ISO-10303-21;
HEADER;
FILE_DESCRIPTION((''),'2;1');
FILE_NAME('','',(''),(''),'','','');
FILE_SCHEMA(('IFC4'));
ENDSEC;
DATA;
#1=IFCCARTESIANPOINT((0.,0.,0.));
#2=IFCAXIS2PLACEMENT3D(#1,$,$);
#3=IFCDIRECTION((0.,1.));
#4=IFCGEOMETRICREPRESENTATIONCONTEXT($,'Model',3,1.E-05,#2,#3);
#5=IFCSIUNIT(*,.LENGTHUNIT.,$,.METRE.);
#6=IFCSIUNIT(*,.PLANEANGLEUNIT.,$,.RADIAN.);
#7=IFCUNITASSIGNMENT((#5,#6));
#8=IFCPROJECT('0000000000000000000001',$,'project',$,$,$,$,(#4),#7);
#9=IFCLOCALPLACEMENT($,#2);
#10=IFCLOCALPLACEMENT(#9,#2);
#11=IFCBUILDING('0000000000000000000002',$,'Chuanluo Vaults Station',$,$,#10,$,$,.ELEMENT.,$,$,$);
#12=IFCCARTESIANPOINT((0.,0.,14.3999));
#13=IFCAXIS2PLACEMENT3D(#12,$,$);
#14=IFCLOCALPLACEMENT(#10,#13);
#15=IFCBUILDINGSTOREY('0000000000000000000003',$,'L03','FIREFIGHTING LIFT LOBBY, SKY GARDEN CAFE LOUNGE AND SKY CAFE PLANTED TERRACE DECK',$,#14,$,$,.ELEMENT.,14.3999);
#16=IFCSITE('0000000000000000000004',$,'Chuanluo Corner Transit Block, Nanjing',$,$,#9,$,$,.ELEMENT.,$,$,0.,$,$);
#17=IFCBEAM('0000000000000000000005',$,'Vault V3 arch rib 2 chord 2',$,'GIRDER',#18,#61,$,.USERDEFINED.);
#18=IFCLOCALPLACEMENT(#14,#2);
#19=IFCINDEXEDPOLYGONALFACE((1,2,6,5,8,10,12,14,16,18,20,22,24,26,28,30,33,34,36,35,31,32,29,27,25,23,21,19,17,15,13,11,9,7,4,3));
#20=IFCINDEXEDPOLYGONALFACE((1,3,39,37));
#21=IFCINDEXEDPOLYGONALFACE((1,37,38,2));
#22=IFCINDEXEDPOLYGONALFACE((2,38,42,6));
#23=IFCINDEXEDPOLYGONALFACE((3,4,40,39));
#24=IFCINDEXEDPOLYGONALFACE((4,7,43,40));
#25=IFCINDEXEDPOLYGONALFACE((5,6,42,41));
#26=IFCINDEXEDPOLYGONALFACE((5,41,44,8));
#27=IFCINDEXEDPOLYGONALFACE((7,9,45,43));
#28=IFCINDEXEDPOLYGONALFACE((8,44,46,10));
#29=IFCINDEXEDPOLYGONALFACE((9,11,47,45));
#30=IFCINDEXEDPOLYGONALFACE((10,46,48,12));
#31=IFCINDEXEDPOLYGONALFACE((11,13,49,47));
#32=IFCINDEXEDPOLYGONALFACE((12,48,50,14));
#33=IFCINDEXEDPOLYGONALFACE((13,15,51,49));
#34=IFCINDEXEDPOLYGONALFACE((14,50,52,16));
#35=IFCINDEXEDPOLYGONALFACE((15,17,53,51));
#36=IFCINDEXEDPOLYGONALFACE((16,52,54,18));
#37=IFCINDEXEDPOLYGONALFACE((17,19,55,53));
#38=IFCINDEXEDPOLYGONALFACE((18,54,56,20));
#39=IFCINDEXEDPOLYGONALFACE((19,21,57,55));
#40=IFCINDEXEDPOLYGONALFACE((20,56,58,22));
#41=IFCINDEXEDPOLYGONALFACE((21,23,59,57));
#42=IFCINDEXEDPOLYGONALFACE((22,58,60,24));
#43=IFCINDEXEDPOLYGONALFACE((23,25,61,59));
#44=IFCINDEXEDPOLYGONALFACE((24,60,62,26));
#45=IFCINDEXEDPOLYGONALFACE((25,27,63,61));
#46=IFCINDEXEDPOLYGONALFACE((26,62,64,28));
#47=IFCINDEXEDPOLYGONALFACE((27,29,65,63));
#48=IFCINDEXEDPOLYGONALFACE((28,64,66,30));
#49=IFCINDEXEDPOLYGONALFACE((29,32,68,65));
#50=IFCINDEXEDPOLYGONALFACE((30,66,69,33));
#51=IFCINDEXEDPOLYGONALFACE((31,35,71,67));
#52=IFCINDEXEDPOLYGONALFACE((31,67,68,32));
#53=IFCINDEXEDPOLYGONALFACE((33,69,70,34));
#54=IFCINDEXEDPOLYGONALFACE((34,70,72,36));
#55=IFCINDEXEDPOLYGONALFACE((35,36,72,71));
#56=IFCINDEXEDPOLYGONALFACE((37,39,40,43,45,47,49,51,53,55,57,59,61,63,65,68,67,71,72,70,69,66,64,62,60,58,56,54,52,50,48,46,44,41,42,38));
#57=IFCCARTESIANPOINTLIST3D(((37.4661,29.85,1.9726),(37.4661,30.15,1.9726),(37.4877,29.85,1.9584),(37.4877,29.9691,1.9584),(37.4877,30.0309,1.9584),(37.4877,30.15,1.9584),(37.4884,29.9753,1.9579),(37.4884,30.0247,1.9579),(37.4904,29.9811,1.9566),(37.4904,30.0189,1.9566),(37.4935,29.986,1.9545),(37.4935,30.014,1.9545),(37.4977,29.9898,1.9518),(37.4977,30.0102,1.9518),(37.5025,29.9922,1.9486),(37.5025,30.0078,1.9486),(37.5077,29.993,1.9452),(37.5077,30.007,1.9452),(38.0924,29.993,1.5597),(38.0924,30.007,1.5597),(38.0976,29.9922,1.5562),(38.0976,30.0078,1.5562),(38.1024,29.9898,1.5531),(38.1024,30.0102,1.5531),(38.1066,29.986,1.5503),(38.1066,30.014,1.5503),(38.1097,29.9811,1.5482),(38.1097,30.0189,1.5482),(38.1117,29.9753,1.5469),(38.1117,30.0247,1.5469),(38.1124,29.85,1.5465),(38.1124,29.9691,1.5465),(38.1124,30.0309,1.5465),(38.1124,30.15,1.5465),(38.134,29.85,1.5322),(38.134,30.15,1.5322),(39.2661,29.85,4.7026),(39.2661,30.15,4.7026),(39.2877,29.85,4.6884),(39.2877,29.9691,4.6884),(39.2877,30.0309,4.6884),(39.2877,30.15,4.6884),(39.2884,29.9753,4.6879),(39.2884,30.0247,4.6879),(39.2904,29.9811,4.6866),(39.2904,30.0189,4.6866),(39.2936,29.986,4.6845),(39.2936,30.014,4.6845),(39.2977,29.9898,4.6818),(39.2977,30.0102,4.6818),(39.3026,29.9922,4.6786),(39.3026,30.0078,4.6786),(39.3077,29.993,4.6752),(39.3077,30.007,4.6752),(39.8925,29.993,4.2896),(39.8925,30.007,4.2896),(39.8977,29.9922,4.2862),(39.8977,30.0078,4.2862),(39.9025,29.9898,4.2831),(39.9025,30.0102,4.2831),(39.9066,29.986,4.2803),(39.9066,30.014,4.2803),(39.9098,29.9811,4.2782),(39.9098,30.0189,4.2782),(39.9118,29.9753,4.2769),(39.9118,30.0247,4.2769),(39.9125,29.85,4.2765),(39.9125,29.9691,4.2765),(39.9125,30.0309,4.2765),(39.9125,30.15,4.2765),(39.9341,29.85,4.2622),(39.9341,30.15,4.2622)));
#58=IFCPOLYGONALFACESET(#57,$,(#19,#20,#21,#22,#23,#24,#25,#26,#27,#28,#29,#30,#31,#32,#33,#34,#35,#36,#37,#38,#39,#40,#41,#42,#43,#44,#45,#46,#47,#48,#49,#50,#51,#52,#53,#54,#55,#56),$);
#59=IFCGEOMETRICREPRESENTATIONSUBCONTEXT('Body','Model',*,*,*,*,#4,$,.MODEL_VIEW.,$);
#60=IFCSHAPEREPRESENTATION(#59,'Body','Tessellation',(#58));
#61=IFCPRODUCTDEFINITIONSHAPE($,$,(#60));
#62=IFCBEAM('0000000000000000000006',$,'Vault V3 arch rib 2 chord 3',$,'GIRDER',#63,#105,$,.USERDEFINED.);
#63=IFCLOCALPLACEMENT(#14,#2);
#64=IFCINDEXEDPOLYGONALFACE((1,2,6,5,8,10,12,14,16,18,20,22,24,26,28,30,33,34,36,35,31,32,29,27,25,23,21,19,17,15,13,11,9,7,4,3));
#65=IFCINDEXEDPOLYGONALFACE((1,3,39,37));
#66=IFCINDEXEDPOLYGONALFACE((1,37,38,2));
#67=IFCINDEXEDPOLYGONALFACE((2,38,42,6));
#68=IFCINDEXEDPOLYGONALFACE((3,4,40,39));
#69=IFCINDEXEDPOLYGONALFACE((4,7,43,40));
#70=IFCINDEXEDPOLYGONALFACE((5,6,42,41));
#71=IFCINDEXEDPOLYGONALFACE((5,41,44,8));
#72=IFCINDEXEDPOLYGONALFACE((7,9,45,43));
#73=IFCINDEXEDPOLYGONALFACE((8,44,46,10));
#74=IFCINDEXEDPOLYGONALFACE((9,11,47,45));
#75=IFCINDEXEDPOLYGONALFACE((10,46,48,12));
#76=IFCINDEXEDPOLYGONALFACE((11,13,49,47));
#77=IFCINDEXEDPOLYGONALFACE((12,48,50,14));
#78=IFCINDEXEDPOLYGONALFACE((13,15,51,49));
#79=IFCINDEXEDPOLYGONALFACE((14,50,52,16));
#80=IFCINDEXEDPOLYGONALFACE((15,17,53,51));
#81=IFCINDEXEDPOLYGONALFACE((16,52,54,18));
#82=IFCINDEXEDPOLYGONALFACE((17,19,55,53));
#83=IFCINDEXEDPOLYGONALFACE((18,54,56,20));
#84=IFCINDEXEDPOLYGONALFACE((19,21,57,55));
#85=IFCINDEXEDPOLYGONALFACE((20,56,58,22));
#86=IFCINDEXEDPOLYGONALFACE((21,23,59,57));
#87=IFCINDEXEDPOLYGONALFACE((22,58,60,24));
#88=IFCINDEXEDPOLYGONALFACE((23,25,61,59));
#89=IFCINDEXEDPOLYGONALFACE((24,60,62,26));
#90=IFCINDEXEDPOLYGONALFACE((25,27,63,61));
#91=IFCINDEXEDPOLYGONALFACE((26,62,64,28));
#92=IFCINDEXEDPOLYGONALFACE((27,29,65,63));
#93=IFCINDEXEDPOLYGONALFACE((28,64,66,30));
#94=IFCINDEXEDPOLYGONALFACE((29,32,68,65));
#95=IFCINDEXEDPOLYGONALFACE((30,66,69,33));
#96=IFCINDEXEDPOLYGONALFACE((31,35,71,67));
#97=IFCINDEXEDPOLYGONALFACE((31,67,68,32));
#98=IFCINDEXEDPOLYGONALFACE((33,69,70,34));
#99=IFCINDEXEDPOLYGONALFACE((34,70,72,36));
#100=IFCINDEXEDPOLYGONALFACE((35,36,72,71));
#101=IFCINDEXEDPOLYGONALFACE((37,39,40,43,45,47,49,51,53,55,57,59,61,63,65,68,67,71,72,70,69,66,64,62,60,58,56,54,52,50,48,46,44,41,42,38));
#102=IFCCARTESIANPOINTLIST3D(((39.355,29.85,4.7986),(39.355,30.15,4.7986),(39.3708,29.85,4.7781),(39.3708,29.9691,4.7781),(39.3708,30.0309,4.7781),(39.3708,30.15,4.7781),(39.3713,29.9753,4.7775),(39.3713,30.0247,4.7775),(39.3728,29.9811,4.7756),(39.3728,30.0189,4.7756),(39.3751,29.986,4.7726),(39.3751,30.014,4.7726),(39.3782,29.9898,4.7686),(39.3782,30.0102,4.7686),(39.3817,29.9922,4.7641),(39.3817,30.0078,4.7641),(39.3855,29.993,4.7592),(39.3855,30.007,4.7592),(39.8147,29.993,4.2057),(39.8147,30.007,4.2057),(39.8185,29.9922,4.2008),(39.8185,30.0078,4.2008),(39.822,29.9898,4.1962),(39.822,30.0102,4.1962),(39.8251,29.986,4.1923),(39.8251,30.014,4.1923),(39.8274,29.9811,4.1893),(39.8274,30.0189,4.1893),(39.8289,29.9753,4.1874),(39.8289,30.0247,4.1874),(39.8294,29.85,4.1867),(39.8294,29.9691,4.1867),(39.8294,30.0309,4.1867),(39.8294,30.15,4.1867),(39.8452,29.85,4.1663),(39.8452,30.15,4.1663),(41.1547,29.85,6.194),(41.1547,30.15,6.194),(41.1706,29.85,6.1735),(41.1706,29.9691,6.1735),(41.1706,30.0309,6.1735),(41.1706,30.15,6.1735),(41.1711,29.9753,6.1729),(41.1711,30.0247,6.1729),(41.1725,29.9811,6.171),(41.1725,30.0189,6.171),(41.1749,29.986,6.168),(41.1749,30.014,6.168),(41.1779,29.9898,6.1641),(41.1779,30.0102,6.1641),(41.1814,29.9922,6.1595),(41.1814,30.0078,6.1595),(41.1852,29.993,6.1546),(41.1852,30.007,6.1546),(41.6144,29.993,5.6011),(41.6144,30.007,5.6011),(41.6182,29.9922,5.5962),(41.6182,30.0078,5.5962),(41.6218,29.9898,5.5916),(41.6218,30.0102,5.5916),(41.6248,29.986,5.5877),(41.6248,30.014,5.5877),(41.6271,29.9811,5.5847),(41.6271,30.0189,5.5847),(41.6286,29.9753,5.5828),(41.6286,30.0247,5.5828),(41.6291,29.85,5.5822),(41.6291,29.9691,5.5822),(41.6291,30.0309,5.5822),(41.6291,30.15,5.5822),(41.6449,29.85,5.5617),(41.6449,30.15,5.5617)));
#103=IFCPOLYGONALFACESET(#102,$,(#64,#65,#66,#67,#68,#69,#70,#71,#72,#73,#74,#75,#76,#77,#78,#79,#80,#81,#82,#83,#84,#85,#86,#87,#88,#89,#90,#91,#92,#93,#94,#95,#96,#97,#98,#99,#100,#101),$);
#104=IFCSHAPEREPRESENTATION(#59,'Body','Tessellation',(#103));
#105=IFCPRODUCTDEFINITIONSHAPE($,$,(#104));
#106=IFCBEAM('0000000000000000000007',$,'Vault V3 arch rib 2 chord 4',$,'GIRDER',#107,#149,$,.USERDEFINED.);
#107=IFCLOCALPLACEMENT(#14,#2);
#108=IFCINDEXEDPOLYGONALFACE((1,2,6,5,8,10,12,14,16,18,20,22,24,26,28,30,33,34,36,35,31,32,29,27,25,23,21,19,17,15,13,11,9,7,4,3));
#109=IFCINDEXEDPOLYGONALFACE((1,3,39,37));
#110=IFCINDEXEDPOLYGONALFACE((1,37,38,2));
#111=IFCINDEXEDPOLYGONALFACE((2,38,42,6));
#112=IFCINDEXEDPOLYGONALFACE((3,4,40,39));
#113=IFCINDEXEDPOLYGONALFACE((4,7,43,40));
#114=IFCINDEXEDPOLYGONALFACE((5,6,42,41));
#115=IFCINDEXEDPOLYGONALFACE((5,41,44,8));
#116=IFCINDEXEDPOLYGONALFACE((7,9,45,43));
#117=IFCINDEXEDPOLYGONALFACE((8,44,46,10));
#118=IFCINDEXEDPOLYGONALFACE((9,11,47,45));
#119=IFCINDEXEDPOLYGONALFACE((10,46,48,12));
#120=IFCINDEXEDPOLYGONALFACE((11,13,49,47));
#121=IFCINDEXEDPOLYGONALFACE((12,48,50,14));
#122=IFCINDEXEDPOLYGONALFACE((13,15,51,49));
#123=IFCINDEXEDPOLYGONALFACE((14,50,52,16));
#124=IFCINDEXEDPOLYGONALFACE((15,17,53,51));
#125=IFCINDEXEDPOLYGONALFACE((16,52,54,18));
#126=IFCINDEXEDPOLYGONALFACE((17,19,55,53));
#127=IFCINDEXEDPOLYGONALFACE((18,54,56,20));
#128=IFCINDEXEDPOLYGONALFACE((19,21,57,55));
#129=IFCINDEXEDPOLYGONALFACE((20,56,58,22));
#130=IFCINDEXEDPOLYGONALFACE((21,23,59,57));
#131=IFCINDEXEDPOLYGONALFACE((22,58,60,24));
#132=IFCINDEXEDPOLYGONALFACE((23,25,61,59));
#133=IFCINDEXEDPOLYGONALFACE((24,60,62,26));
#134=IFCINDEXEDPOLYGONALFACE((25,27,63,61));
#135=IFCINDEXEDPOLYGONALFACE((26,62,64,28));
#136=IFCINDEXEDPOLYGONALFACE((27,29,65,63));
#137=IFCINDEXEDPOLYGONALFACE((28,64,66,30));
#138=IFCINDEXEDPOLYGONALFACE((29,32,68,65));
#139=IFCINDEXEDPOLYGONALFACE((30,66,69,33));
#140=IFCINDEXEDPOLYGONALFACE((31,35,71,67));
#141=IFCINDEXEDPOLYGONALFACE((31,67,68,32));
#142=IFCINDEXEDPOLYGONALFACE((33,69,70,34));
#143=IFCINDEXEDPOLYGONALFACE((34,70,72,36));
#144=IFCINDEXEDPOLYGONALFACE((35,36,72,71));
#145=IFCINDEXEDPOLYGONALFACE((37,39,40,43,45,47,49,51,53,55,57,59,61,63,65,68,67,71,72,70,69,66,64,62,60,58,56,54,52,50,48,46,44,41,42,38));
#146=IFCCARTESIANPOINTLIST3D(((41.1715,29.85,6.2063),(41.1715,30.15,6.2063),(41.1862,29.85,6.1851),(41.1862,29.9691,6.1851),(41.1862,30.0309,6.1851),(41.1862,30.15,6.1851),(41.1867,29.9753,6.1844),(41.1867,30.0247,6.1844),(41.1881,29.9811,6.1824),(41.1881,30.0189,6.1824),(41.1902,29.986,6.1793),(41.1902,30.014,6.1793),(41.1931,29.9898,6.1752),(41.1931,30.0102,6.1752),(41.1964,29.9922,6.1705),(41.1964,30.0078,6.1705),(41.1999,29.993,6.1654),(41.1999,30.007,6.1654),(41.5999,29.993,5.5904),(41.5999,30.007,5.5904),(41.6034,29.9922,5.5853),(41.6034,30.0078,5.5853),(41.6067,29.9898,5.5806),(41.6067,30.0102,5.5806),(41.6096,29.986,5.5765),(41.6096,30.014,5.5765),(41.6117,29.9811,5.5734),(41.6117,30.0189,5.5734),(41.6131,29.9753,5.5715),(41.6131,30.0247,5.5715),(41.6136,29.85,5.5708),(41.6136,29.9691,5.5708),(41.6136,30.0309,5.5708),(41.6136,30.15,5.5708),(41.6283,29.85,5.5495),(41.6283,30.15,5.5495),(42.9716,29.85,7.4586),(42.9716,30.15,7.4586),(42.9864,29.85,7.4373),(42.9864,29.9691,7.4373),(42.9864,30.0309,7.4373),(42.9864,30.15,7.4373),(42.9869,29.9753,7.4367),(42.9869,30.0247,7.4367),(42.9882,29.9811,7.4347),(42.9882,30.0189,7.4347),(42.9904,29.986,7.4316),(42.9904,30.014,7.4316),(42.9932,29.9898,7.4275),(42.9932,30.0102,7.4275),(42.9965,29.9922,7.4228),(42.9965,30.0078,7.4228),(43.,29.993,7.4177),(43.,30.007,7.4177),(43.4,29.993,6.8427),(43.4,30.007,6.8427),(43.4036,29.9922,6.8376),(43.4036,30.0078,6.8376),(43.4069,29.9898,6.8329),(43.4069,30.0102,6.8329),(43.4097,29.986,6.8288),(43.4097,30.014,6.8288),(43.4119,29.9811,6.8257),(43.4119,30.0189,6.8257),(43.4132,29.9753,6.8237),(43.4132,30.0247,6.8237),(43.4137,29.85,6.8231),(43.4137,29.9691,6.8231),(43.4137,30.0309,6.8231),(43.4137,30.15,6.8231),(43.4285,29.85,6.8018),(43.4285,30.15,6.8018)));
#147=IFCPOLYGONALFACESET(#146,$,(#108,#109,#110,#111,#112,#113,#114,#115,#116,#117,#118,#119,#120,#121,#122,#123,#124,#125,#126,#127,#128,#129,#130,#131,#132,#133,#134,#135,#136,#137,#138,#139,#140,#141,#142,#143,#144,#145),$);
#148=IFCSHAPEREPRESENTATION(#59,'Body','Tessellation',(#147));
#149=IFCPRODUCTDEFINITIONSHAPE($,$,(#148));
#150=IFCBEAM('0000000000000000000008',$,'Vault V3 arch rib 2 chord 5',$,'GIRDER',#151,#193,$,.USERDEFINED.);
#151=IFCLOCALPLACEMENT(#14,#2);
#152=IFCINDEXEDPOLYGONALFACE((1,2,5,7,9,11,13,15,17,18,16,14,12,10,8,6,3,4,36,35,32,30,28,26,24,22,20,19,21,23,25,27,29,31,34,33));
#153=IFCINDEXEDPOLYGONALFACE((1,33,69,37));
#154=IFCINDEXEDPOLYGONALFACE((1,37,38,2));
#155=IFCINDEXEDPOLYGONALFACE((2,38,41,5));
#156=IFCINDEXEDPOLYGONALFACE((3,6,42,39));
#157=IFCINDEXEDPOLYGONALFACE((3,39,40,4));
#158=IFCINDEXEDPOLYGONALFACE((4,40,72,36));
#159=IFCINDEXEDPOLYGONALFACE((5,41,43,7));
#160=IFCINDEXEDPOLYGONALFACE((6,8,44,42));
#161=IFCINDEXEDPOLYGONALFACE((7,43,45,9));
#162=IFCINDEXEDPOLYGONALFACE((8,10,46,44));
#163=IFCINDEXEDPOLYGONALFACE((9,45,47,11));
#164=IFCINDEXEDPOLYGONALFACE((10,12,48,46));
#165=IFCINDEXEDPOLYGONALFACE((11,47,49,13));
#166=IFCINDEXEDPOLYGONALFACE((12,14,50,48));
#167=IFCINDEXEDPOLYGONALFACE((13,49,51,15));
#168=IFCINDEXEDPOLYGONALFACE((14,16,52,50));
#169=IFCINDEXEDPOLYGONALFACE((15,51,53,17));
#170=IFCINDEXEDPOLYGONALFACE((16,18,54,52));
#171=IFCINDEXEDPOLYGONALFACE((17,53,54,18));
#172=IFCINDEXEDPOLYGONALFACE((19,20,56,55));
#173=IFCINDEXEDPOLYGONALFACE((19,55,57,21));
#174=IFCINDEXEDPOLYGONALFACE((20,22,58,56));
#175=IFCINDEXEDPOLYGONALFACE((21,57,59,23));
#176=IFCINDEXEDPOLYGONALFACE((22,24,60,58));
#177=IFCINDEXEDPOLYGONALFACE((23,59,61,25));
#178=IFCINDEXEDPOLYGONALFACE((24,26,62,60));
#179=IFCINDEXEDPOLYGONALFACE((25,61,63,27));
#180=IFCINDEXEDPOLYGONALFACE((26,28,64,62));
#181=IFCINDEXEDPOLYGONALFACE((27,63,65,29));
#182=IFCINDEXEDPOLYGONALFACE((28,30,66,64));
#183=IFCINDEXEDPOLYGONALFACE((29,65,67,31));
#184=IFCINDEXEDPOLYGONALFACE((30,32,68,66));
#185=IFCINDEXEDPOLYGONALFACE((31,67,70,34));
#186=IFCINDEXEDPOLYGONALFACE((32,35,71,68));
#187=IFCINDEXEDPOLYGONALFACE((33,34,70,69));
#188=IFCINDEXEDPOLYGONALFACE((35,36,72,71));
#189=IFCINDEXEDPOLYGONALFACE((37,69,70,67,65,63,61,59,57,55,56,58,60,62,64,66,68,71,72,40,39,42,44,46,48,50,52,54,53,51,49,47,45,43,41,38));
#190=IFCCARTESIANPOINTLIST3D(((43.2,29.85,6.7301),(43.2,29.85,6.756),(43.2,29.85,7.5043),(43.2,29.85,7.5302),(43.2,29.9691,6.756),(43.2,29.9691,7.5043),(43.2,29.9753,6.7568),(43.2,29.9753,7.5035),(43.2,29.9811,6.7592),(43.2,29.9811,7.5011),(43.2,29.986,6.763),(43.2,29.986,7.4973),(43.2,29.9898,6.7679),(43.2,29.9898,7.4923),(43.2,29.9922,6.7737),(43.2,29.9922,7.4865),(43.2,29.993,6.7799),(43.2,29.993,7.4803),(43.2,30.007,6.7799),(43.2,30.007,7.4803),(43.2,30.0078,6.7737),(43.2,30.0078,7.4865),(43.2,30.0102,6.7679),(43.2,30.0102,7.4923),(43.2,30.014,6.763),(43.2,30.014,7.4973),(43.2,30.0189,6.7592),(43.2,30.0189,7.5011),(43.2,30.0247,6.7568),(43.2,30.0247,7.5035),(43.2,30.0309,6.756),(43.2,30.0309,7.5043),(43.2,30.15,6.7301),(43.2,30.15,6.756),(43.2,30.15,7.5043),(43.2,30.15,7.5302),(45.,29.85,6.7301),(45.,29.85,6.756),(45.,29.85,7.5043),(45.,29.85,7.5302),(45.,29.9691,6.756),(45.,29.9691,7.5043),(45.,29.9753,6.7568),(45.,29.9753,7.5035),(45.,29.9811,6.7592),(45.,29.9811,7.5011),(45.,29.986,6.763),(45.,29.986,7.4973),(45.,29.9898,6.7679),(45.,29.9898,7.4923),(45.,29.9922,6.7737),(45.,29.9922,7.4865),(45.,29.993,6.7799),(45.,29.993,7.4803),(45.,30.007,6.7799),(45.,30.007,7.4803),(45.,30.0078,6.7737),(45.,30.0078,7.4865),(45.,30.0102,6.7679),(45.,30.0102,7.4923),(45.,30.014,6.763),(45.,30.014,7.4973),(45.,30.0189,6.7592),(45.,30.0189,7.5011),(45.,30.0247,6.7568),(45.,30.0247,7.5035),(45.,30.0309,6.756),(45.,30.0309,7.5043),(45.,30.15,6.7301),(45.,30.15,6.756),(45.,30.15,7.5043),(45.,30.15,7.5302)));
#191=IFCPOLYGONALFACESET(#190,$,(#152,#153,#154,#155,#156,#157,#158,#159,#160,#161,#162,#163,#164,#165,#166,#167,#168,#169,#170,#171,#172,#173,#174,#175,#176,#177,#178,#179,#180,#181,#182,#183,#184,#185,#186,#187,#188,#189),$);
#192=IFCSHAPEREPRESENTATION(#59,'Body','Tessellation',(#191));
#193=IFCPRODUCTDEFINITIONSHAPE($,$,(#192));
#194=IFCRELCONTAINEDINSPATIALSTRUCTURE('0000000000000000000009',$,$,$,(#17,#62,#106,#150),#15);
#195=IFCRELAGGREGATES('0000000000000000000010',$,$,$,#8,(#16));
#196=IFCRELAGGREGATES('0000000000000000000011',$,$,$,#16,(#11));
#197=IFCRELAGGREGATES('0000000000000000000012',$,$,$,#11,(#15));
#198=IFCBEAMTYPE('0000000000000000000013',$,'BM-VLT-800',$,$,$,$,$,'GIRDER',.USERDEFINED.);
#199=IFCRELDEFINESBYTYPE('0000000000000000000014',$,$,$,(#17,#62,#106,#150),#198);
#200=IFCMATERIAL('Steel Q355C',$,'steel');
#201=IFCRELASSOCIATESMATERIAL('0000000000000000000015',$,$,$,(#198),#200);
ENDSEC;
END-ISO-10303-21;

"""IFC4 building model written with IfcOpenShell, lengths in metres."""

from ifc_helpers import new_model, si_unit, direction, frame, origin, origin_2d, place, context, subcontext, project, spatial, i_section, extrude, material, material_profile, profile_set, type_object, element, save


model = new_model("IFC4")

# Units and contexts
model_context = context("Model", 3, precision=1e-05, world=origin(), true_north=direction((0.0, 1.0)))
body_context = subcontext(model_context, "Body", "Model", "MODEL_VIEW")
ifc_project = project(units=[si_unit("LENGTHUNIT", "METRE"), si_unit("PLANEANGLEUNIT", "RADIAN")], contexts=[model_context])

# Site, building, storey
site_placement = place(None, origin())
site = spatial("IfcSite", under=ifc_project, at=site_placement, Name="Chuanluo Corner Transit Block, Nanjing", CompositionType="ELEMENT", RefElevation=0.0)
building_placement = place(site_placement, origin())
building = spatial("IfcBuilding", under=site, at=building_placement, Name="Chuanluo Vaults Station", CompositionType="ELEMENT")
storey_placement = place(building_placement, frame((0.0, 0.0, 14.3999)))
storey = spatial("IfcBuildingStorey", under=building, at=storey_placement, Name="L03", Description="FIREFIGHTING LIFT LOBBY, SKY GARDEN CAFE LOUNGE AND SKY CAFE PLANTED TERRACE DECK", CompositionType="ELEMENT", Elevation=14.3999)

# Beams
ifc_material_1 = material(Name="Steel Q355C", Category="steel")
ifc_material_profile_1 = material_profile(ifc_material_1, i_section(OverallWidth=0.3, OverallDepth=0.8, WebThickness=0.0139, FlangeThickness=0.0259, FilletRadius=0.0239, at=origin_2d()))
ifc_profile_set_1 = profile_set([ifc_material_profile_1], Name="Steel Q355C")
beam_type = type_object("IfcBeamType", Name="BM-VLT-800", ElementType="GIRDER", PredefinedType="USERDEFINED", material=ifc_profile_set_1)
beam_1_placement = place(storey_placement, frame((37.8, 30.0, 1.7524), z_axis=(0.550472, 0.0, 0.834854), x_axis=(0.0, 1.0, 0.0)))
element("IfcBeam", 1, at=beam_1_placement, inside=storey, type_object=beam_type, Name="Vault V3 arch rib 2 chord 2", ObjectType="GIRDER", PredefinedType="USERDEFINED", context=body_context, shape_type="SweptSolid", body=[
    extrude(i_section(OverallWidth=0.3, OverallDepth=0.8, WebThickness=0.0139, FlangeThickness=0.0259, FilletRadius=0.0239, at=origin_2d()), origin(), (0.0, 0.0, 1.0), 3.27),
])
beam_2_placement = place(storey_placement, frame((39.6001, 30.0, 4.4824), z_axis=(0.790275, 0.0, 0.612752), x_axis=(0.0, 1.0, 0.0)))
element("IfcBeam", 2, at=beam_2_placement, inside=storey, type_object=beam_type, Name="Vault V3 arch rib 2 chord 3", ObjectType="GIRDER", PredefinedType="USERDEFINED", context=body_context, shape_type="SweptSolid", body=[
    extrude(i_section(OverallWidth=0.3, OverallDepth=0.8, WebThickness=0.0139, FlangeThickness=0.0259, FilletRadius=0.0239, at=origin_2d()), origin(), (0.0, 0.0, 1.0), 2.2773),
])
beam_3_placement = place(storey_placement, frame((41.3999, 30.0, 5.8779), z_axis=(0.820907, 0.0, 0.571061), x_axis=(0.0, 1.0, 0.0)))
element("IfcBeam", 3, at=beam_3_placement, inside=storey, type_object=beam_type, Name="Vault V3 arch rib 2 chord 4", ObjectType="GIRDER", PredefinedType="USERDEFINED", context=body_context, shape_type="SweptSolid", body=[
    extrude(i_section(OverallWidth=0.3, OverallDepth=0.8, WebThickness=0.0139, FlangeThickness=0.0259, FilletRadius=0.0239, at=origin_2d()), origin(), (0.0, 0.0, 1.0), 2.1929),
])
for number, where, z_axis, x_axis, name in (
    (4, (43.2, 30.0, 7.1301), (1.0, 0.0, 0.0), (0.0, 1.0, 0.0), "Vault V3 arch rib 2 chord 5"),
):
    element("IfcBeam", number, at=place(storey_placement, frame(where, z_axis=z_axis, x_axis=x_axis)), inside=storey, type_object=beam_type, Name=name, ObjectType="GIRDER", PredefinedType="USERDEFINED", context=body_context, shape_type="SweptSolid", body=[
        extrude(i_section(OverallWidth=0.3, OverallDepth=0.8, WebThickness=0.0139, FlangeThickness=0.0259, FilletRadius=0.0239, at=origin_2d()), origin(), (0.0, 0.0, 1.0), 1.8),
    ])

save(model, "model.ifc")
